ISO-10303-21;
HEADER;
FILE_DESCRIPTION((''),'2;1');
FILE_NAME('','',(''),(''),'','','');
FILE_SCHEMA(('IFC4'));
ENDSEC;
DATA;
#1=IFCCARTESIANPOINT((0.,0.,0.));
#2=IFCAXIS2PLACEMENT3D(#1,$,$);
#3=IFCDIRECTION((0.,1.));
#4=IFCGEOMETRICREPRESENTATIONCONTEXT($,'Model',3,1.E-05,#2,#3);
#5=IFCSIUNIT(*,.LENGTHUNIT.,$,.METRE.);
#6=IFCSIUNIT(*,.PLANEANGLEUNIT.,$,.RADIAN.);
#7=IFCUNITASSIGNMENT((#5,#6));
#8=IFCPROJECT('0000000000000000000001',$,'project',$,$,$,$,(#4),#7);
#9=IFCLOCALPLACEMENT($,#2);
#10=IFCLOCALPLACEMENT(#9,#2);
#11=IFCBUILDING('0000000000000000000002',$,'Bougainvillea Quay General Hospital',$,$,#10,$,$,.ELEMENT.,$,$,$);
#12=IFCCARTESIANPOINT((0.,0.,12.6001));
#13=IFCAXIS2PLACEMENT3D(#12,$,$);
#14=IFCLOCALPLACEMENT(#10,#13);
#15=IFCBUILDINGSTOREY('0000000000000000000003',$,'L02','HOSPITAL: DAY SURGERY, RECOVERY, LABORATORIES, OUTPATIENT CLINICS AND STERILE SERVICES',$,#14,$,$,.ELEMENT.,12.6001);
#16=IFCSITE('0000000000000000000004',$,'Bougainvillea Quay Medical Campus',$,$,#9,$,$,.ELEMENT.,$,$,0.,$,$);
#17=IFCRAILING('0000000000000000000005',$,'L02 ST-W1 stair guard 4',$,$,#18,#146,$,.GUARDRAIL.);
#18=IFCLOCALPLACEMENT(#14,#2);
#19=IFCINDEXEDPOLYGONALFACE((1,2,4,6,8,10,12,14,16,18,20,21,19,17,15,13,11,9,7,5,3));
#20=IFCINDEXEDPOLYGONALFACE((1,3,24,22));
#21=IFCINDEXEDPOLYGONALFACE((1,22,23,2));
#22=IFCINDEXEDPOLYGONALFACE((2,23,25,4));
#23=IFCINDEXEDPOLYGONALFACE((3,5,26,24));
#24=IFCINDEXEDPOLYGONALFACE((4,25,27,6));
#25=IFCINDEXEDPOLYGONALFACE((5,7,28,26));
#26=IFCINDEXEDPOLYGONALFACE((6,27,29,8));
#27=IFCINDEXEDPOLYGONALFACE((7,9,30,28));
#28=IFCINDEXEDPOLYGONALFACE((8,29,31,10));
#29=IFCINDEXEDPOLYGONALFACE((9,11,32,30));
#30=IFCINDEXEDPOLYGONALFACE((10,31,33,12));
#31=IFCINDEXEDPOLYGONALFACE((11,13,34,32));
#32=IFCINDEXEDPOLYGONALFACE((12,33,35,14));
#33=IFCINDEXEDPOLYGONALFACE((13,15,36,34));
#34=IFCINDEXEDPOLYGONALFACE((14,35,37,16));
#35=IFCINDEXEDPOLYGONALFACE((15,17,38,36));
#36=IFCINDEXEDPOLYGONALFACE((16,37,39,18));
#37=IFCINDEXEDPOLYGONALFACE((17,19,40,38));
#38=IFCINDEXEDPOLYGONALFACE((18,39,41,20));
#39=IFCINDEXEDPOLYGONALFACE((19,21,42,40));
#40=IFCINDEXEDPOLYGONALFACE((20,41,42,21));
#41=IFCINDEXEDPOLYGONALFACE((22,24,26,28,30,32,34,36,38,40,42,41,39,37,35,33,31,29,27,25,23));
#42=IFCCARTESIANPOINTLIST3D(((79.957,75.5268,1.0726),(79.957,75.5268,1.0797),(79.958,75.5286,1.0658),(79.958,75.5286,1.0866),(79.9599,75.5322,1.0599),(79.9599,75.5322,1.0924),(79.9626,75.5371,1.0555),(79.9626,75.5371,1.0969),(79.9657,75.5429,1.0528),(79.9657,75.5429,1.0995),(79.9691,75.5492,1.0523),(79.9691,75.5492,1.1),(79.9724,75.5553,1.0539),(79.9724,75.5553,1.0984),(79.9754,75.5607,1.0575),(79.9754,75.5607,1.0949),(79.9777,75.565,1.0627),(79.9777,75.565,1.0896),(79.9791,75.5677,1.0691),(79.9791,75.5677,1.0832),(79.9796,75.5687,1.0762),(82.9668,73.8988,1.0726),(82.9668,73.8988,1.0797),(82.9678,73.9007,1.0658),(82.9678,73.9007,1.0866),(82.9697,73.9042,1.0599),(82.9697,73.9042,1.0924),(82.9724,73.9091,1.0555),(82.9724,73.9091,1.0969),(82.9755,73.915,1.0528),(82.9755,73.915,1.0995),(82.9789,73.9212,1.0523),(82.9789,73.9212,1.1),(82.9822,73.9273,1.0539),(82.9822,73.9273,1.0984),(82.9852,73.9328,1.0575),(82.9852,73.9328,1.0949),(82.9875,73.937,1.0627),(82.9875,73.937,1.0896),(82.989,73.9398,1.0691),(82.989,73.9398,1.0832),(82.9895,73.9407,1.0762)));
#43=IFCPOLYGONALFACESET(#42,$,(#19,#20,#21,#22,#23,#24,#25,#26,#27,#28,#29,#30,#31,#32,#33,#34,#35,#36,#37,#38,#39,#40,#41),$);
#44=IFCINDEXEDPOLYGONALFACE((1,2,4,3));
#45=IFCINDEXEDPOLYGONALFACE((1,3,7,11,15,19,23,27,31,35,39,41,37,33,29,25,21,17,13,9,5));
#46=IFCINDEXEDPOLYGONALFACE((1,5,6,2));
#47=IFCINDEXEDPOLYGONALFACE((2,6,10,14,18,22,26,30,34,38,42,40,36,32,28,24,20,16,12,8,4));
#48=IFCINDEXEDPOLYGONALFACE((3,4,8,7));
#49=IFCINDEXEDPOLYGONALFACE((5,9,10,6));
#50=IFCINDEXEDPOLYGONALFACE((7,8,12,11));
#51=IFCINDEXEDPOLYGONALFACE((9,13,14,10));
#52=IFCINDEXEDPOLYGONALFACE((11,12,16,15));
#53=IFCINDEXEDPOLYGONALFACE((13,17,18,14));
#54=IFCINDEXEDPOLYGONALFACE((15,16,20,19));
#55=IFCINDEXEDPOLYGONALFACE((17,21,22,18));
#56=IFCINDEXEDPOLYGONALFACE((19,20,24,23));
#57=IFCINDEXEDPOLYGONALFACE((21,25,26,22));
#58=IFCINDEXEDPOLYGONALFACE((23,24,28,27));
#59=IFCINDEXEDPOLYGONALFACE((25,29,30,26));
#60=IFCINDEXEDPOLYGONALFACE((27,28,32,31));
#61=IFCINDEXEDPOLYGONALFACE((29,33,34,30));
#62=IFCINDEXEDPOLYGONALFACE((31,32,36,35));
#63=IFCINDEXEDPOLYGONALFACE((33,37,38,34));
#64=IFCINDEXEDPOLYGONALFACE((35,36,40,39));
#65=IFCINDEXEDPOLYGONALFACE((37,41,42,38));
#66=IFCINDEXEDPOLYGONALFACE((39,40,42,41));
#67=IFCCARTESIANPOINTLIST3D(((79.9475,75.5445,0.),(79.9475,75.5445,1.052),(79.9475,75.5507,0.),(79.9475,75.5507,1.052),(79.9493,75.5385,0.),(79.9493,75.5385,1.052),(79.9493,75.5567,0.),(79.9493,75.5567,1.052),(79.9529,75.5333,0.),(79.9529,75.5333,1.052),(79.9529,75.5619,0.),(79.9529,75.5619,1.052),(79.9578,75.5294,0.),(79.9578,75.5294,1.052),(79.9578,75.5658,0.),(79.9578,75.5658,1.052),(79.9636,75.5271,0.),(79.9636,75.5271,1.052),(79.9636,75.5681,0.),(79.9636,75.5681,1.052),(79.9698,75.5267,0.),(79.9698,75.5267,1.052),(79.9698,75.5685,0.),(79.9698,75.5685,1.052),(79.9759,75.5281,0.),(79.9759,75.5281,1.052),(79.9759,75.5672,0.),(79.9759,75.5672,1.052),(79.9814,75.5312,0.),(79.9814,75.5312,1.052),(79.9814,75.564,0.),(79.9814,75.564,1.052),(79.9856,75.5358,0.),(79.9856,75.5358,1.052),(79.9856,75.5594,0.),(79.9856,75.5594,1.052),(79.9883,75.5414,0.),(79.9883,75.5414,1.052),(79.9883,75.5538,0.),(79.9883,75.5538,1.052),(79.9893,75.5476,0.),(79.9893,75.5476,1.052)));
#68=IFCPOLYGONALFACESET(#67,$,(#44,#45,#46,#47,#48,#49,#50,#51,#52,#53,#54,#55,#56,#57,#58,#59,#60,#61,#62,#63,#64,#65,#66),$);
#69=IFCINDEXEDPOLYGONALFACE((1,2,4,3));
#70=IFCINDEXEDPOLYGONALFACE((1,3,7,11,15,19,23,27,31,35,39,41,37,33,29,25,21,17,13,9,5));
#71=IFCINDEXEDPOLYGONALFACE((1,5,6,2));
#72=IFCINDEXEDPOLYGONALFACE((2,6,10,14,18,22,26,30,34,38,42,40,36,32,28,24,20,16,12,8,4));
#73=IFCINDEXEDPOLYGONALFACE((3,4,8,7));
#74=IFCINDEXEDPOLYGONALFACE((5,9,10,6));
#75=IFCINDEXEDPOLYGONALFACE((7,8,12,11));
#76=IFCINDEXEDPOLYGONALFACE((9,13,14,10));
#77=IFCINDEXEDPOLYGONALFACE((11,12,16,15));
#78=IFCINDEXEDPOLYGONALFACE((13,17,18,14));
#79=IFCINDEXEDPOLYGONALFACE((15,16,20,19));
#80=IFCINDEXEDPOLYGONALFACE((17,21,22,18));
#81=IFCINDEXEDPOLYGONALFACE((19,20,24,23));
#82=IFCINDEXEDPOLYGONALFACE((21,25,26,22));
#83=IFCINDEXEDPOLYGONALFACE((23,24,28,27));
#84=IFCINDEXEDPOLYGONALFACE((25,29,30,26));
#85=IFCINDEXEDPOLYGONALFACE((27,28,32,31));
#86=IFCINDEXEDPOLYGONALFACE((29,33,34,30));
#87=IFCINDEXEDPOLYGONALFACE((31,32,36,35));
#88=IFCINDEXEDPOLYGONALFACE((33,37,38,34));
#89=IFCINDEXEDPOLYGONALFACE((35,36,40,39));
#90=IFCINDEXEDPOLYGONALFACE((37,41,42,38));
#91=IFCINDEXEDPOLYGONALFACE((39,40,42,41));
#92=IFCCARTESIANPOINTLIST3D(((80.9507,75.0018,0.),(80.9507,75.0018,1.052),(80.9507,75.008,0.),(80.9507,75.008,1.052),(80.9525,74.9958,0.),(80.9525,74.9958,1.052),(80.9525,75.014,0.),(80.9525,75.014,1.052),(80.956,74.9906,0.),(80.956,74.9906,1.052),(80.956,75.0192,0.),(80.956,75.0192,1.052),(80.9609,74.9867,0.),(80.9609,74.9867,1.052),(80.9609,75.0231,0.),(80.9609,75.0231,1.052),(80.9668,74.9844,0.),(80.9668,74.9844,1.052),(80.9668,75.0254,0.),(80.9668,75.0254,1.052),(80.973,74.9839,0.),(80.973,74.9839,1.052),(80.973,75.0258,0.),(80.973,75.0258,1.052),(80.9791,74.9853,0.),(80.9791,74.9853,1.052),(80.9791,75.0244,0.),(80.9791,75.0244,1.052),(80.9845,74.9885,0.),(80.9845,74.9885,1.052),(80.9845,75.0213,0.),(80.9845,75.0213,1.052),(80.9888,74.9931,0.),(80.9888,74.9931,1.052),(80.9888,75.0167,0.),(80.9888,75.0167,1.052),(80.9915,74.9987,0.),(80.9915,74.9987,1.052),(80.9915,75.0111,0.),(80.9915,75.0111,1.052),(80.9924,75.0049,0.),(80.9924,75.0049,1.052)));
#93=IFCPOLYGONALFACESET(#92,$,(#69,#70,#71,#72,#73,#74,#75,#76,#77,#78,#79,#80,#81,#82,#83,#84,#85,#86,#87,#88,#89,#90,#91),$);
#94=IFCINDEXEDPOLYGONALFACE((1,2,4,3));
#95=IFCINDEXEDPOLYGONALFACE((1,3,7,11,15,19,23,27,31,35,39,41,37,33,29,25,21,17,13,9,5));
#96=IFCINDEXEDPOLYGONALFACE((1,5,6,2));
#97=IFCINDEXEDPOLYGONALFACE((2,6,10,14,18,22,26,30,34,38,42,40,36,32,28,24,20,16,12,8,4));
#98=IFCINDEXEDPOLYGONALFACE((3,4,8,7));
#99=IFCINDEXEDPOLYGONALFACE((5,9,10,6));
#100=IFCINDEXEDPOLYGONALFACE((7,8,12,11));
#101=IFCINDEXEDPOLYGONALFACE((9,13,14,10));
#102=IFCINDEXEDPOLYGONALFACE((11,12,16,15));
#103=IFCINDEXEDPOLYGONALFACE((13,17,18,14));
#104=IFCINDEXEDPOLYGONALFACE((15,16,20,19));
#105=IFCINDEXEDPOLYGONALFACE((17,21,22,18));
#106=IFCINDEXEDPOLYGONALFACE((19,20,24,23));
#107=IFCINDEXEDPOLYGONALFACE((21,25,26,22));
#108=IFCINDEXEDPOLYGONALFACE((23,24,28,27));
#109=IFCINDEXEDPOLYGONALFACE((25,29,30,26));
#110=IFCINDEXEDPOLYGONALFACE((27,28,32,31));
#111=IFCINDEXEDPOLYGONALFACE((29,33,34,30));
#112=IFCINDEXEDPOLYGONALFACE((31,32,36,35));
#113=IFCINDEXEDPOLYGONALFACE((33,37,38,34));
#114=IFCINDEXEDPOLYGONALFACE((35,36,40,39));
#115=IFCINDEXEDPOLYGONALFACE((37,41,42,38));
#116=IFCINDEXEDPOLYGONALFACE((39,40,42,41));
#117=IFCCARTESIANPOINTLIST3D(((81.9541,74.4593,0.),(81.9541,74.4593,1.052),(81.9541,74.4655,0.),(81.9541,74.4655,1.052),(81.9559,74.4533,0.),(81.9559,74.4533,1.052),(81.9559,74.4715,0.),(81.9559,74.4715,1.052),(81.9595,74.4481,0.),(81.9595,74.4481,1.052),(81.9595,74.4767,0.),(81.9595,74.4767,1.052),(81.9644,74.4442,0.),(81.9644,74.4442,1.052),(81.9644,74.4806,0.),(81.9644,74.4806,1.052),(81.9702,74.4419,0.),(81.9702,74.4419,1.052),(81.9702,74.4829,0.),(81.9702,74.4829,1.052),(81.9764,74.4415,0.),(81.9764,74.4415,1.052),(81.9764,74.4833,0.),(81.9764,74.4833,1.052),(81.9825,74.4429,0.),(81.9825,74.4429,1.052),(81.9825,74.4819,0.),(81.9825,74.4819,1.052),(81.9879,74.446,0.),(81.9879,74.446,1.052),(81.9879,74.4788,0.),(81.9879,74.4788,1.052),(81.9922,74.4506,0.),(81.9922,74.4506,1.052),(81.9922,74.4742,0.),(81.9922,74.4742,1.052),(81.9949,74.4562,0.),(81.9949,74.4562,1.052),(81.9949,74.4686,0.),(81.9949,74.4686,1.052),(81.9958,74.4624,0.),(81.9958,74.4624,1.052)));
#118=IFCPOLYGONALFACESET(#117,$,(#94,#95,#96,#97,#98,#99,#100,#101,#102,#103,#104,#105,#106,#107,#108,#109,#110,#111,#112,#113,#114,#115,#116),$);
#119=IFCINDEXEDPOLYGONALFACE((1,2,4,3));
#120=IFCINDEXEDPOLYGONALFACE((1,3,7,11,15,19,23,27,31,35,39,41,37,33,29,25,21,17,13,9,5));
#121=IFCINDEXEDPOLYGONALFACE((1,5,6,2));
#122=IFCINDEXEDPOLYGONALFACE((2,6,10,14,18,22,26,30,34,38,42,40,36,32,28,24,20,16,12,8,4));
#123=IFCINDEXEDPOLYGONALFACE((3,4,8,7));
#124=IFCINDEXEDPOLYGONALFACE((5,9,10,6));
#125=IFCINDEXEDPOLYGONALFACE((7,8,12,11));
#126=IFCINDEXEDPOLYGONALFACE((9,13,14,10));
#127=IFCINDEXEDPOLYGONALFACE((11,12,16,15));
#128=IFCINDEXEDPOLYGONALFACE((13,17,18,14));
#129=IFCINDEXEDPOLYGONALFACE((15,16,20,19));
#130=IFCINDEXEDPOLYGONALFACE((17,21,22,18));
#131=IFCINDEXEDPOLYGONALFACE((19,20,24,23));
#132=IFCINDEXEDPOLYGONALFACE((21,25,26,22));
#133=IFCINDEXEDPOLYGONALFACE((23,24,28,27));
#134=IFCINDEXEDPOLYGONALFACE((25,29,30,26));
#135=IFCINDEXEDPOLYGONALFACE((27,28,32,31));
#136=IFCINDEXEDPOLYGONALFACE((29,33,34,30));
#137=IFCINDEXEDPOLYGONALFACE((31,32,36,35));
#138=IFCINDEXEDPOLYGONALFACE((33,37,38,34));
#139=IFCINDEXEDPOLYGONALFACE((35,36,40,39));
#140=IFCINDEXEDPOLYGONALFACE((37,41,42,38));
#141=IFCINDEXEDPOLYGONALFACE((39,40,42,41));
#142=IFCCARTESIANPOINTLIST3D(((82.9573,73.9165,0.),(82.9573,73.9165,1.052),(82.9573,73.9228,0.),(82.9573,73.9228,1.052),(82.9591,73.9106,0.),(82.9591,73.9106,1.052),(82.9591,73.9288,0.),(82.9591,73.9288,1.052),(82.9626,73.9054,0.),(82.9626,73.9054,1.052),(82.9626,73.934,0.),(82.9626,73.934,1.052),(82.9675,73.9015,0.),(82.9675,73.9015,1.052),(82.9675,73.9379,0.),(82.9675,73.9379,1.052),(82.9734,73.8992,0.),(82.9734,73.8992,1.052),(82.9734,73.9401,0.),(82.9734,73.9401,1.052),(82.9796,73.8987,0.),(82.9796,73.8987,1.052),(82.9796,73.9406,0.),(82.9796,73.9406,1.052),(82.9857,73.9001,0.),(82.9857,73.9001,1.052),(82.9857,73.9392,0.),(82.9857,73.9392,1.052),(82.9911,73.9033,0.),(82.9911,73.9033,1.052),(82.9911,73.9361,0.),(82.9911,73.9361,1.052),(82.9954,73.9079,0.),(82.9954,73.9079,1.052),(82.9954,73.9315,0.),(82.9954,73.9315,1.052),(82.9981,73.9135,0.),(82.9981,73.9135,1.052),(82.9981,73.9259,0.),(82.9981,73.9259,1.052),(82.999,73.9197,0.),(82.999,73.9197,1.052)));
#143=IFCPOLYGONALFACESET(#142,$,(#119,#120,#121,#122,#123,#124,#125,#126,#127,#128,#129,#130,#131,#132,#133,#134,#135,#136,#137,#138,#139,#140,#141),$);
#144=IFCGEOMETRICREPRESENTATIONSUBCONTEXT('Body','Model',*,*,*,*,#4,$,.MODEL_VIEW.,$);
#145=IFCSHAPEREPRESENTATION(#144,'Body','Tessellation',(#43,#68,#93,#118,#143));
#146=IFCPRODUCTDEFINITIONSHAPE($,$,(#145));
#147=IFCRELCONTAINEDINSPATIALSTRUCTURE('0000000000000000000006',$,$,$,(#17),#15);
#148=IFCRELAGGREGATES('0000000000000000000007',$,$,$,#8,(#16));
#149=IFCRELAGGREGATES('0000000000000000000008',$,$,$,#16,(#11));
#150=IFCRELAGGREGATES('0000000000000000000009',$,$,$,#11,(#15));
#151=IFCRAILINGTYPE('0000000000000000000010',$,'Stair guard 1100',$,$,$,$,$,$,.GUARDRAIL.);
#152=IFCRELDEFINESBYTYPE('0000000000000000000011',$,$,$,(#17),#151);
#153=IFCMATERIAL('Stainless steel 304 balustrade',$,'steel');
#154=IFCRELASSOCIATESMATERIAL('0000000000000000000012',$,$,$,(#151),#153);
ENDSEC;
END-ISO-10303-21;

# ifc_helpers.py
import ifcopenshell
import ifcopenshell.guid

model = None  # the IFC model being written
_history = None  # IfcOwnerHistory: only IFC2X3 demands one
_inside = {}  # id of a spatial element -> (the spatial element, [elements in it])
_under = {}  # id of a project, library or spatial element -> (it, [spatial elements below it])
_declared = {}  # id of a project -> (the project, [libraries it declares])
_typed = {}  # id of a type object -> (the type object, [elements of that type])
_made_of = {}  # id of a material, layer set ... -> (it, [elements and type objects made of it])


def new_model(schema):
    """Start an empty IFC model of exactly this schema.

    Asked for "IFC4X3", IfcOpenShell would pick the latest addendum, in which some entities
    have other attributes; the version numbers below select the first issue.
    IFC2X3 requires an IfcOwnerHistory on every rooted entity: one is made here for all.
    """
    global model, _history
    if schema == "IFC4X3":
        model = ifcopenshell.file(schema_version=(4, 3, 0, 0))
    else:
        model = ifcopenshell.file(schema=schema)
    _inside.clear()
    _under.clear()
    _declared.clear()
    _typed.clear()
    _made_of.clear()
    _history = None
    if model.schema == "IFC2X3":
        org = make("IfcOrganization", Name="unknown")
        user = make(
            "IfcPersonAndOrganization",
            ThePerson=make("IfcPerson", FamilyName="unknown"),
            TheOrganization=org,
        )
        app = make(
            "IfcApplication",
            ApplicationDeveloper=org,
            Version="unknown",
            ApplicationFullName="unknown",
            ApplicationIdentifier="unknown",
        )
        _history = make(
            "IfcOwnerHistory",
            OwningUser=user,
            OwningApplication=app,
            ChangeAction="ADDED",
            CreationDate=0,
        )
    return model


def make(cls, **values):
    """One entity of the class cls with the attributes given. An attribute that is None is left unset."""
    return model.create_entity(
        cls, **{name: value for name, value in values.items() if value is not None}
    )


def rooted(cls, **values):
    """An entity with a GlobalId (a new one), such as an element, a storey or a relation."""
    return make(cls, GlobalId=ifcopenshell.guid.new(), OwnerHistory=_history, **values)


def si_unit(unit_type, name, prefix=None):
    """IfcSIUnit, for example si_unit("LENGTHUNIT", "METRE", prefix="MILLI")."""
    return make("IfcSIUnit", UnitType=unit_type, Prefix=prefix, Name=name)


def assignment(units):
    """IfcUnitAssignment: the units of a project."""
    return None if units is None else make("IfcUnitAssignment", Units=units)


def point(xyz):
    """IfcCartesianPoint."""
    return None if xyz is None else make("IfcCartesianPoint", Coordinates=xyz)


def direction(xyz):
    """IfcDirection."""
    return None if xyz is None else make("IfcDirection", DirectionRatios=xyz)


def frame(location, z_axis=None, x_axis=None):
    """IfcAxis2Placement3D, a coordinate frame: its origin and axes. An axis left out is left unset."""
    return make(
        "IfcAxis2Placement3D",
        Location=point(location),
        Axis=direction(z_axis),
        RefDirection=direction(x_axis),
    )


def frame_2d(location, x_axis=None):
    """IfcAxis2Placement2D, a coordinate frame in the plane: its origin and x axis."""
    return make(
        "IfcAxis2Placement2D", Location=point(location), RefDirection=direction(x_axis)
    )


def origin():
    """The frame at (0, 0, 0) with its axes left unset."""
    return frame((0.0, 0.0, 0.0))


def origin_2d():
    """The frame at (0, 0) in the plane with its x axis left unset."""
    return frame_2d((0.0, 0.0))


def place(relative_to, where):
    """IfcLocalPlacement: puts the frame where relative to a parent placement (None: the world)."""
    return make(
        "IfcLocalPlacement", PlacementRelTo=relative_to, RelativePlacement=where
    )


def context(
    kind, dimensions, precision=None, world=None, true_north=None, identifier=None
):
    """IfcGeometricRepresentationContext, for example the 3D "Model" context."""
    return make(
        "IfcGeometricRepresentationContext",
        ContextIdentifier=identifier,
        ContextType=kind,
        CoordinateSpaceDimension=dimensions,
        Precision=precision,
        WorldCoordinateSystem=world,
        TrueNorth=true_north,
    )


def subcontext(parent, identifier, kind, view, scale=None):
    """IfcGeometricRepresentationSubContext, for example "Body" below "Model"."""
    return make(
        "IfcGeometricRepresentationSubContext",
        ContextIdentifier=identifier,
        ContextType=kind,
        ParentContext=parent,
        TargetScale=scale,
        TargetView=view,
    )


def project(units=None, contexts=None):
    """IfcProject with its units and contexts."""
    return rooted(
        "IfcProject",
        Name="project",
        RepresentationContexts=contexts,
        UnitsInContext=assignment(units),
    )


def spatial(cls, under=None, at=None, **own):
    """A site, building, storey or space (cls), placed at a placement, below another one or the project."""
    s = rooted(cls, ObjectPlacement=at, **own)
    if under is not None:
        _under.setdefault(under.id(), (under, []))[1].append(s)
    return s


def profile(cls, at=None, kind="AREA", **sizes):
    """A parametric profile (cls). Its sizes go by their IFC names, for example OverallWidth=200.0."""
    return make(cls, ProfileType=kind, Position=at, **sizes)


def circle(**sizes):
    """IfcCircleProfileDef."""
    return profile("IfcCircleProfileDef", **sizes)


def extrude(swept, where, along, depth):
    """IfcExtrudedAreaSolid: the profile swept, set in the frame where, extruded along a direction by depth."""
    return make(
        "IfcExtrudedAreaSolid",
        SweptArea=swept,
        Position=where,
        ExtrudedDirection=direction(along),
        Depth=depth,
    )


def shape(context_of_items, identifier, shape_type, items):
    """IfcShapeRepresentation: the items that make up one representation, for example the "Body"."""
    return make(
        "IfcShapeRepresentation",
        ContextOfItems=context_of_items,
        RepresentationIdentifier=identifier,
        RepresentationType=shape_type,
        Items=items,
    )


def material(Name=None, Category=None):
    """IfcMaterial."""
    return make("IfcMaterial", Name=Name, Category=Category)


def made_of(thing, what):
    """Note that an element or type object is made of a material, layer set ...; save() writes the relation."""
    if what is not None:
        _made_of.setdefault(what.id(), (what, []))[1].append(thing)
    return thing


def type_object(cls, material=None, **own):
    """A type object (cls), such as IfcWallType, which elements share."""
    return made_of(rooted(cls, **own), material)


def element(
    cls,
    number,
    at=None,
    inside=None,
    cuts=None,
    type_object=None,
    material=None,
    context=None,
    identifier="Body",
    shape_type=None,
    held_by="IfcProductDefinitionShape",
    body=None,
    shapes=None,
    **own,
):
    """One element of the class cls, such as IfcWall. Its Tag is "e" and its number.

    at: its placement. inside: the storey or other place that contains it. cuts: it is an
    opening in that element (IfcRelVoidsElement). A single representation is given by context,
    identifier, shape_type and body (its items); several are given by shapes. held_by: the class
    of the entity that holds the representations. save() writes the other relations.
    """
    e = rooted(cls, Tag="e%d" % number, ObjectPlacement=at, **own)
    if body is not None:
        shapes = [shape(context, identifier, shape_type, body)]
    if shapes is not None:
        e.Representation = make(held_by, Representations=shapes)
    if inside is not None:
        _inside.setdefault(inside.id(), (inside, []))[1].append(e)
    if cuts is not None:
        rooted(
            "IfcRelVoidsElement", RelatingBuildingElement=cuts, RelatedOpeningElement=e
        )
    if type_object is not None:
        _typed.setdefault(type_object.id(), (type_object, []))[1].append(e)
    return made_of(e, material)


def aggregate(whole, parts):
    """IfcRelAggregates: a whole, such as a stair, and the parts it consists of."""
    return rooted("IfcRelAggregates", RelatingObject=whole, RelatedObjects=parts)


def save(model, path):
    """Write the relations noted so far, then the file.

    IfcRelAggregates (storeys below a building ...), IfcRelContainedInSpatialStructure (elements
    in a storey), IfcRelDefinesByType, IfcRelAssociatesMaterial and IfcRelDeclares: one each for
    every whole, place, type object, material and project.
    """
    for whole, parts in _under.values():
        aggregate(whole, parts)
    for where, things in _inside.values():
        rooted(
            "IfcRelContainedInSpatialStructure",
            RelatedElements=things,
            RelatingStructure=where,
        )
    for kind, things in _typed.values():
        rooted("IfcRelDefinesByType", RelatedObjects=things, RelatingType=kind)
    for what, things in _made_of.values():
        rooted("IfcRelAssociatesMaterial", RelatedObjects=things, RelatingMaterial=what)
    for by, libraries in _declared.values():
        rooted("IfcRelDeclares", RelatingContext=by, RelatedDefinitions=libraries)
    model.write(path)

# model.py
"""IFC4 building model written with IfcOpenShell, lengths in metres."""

from ifc_helpers import new_model, si_unit, direction, frame, origin, origin_2d, place, context, subcontext, project, spatial, circle, extrude, material, type_object, element, save


model = new_model("IFC4")

# Units and contexts
model_context = context("Model", 3, precision=1e-05, world=origin(), true_north=direction((0.0, 1.0)))
body_context = subcontext(model_context, "Body", "Model", "MODEL_VIEW")
ifc_project = project(units=[si_unit("LENGTHUNIT", "METRE"), si_unit("PLANEANGLEUNIT", "RADIAN")], contexts=[model_context])

# Site, building, storey
site_placement = place(None, origin())
site = spatial("IfcSite", under=ifc_project, at=site_placement, Name="Bougainvillea Quay Medical Campus", CompositionType="ELEMENT", RefElevation=0.0)
building_placement = place(site_placement, origin())
building = spatial("IfcBuilding", under=site, at=building_placement, Name="Bougainvillea Quay General Hospital", CompositionType="ELEMENT")
storey_placement = place(building_placement, frame((0.0, 0.0, 12.6001)))
storey = spatial("IfcBuildingStorey", under=building, at=storey_placement, Name="L02", Description="HOSPITAL: DAY SURGERY, RECOVERY, LABORATORIES, OUTPATIENT CLINICS AND STERILE SERVICES", CompositionType="ELEMENT", Elevation=12.6001)

# Railing
ifc_material_1 = material(Name="Stainless steel 304 balustrade", Category="steel")
railing_type_1 = type_object("IfcRailingType", Name="Stair guard 1100", PredefinedType="GUARDRAIL", material=ifc_material_1)
railing_1_placement = place(storey_placement, frame((79.9683, 75.5476, 0.0)))
element("IfcRailing", 1, at=railing_1_placement, inside=storey, type_object=railing_type_1, Name="L02 ST-W1 stair guard 4", PredefinedType="GUARDRAIL", context=body_context, shape_type="SweptSolid", body=[
    extrude(circle(Radius=0.0239, at=origin_2d()), frame((0.0, 0.0, 1.0762), z_axis=(0.879581, -0.47575, 0.0), x_axis=(0.47575, 0.879581, 0.0)), (0.0, 0.0, 1.0), 3.4219),
    extrude(circle(Radius=0.021, at=origin_2d()), origin(), (0.0, 0.0, 1.0), 1.052),
    extrude(circle(Radius=0.021, at=origin_2d()), frame((1.0032, -0.5427, 0.0)), (0.0, 0.0, 1.0), 1.052),
    extrude(circle(Radius=0.021, at=origin_2d()), frame((2.0066, -1.0852, 0.0)), (0.0, 0.0, 1.0), 1.052),
    extrude(circle(Radius=0.021, at=origin_2d()), frame((3.0098, -1.6279, 0.0)), (0.0, 0.0, 1.0), 1.052),
])

save(model, "model.ifc")
